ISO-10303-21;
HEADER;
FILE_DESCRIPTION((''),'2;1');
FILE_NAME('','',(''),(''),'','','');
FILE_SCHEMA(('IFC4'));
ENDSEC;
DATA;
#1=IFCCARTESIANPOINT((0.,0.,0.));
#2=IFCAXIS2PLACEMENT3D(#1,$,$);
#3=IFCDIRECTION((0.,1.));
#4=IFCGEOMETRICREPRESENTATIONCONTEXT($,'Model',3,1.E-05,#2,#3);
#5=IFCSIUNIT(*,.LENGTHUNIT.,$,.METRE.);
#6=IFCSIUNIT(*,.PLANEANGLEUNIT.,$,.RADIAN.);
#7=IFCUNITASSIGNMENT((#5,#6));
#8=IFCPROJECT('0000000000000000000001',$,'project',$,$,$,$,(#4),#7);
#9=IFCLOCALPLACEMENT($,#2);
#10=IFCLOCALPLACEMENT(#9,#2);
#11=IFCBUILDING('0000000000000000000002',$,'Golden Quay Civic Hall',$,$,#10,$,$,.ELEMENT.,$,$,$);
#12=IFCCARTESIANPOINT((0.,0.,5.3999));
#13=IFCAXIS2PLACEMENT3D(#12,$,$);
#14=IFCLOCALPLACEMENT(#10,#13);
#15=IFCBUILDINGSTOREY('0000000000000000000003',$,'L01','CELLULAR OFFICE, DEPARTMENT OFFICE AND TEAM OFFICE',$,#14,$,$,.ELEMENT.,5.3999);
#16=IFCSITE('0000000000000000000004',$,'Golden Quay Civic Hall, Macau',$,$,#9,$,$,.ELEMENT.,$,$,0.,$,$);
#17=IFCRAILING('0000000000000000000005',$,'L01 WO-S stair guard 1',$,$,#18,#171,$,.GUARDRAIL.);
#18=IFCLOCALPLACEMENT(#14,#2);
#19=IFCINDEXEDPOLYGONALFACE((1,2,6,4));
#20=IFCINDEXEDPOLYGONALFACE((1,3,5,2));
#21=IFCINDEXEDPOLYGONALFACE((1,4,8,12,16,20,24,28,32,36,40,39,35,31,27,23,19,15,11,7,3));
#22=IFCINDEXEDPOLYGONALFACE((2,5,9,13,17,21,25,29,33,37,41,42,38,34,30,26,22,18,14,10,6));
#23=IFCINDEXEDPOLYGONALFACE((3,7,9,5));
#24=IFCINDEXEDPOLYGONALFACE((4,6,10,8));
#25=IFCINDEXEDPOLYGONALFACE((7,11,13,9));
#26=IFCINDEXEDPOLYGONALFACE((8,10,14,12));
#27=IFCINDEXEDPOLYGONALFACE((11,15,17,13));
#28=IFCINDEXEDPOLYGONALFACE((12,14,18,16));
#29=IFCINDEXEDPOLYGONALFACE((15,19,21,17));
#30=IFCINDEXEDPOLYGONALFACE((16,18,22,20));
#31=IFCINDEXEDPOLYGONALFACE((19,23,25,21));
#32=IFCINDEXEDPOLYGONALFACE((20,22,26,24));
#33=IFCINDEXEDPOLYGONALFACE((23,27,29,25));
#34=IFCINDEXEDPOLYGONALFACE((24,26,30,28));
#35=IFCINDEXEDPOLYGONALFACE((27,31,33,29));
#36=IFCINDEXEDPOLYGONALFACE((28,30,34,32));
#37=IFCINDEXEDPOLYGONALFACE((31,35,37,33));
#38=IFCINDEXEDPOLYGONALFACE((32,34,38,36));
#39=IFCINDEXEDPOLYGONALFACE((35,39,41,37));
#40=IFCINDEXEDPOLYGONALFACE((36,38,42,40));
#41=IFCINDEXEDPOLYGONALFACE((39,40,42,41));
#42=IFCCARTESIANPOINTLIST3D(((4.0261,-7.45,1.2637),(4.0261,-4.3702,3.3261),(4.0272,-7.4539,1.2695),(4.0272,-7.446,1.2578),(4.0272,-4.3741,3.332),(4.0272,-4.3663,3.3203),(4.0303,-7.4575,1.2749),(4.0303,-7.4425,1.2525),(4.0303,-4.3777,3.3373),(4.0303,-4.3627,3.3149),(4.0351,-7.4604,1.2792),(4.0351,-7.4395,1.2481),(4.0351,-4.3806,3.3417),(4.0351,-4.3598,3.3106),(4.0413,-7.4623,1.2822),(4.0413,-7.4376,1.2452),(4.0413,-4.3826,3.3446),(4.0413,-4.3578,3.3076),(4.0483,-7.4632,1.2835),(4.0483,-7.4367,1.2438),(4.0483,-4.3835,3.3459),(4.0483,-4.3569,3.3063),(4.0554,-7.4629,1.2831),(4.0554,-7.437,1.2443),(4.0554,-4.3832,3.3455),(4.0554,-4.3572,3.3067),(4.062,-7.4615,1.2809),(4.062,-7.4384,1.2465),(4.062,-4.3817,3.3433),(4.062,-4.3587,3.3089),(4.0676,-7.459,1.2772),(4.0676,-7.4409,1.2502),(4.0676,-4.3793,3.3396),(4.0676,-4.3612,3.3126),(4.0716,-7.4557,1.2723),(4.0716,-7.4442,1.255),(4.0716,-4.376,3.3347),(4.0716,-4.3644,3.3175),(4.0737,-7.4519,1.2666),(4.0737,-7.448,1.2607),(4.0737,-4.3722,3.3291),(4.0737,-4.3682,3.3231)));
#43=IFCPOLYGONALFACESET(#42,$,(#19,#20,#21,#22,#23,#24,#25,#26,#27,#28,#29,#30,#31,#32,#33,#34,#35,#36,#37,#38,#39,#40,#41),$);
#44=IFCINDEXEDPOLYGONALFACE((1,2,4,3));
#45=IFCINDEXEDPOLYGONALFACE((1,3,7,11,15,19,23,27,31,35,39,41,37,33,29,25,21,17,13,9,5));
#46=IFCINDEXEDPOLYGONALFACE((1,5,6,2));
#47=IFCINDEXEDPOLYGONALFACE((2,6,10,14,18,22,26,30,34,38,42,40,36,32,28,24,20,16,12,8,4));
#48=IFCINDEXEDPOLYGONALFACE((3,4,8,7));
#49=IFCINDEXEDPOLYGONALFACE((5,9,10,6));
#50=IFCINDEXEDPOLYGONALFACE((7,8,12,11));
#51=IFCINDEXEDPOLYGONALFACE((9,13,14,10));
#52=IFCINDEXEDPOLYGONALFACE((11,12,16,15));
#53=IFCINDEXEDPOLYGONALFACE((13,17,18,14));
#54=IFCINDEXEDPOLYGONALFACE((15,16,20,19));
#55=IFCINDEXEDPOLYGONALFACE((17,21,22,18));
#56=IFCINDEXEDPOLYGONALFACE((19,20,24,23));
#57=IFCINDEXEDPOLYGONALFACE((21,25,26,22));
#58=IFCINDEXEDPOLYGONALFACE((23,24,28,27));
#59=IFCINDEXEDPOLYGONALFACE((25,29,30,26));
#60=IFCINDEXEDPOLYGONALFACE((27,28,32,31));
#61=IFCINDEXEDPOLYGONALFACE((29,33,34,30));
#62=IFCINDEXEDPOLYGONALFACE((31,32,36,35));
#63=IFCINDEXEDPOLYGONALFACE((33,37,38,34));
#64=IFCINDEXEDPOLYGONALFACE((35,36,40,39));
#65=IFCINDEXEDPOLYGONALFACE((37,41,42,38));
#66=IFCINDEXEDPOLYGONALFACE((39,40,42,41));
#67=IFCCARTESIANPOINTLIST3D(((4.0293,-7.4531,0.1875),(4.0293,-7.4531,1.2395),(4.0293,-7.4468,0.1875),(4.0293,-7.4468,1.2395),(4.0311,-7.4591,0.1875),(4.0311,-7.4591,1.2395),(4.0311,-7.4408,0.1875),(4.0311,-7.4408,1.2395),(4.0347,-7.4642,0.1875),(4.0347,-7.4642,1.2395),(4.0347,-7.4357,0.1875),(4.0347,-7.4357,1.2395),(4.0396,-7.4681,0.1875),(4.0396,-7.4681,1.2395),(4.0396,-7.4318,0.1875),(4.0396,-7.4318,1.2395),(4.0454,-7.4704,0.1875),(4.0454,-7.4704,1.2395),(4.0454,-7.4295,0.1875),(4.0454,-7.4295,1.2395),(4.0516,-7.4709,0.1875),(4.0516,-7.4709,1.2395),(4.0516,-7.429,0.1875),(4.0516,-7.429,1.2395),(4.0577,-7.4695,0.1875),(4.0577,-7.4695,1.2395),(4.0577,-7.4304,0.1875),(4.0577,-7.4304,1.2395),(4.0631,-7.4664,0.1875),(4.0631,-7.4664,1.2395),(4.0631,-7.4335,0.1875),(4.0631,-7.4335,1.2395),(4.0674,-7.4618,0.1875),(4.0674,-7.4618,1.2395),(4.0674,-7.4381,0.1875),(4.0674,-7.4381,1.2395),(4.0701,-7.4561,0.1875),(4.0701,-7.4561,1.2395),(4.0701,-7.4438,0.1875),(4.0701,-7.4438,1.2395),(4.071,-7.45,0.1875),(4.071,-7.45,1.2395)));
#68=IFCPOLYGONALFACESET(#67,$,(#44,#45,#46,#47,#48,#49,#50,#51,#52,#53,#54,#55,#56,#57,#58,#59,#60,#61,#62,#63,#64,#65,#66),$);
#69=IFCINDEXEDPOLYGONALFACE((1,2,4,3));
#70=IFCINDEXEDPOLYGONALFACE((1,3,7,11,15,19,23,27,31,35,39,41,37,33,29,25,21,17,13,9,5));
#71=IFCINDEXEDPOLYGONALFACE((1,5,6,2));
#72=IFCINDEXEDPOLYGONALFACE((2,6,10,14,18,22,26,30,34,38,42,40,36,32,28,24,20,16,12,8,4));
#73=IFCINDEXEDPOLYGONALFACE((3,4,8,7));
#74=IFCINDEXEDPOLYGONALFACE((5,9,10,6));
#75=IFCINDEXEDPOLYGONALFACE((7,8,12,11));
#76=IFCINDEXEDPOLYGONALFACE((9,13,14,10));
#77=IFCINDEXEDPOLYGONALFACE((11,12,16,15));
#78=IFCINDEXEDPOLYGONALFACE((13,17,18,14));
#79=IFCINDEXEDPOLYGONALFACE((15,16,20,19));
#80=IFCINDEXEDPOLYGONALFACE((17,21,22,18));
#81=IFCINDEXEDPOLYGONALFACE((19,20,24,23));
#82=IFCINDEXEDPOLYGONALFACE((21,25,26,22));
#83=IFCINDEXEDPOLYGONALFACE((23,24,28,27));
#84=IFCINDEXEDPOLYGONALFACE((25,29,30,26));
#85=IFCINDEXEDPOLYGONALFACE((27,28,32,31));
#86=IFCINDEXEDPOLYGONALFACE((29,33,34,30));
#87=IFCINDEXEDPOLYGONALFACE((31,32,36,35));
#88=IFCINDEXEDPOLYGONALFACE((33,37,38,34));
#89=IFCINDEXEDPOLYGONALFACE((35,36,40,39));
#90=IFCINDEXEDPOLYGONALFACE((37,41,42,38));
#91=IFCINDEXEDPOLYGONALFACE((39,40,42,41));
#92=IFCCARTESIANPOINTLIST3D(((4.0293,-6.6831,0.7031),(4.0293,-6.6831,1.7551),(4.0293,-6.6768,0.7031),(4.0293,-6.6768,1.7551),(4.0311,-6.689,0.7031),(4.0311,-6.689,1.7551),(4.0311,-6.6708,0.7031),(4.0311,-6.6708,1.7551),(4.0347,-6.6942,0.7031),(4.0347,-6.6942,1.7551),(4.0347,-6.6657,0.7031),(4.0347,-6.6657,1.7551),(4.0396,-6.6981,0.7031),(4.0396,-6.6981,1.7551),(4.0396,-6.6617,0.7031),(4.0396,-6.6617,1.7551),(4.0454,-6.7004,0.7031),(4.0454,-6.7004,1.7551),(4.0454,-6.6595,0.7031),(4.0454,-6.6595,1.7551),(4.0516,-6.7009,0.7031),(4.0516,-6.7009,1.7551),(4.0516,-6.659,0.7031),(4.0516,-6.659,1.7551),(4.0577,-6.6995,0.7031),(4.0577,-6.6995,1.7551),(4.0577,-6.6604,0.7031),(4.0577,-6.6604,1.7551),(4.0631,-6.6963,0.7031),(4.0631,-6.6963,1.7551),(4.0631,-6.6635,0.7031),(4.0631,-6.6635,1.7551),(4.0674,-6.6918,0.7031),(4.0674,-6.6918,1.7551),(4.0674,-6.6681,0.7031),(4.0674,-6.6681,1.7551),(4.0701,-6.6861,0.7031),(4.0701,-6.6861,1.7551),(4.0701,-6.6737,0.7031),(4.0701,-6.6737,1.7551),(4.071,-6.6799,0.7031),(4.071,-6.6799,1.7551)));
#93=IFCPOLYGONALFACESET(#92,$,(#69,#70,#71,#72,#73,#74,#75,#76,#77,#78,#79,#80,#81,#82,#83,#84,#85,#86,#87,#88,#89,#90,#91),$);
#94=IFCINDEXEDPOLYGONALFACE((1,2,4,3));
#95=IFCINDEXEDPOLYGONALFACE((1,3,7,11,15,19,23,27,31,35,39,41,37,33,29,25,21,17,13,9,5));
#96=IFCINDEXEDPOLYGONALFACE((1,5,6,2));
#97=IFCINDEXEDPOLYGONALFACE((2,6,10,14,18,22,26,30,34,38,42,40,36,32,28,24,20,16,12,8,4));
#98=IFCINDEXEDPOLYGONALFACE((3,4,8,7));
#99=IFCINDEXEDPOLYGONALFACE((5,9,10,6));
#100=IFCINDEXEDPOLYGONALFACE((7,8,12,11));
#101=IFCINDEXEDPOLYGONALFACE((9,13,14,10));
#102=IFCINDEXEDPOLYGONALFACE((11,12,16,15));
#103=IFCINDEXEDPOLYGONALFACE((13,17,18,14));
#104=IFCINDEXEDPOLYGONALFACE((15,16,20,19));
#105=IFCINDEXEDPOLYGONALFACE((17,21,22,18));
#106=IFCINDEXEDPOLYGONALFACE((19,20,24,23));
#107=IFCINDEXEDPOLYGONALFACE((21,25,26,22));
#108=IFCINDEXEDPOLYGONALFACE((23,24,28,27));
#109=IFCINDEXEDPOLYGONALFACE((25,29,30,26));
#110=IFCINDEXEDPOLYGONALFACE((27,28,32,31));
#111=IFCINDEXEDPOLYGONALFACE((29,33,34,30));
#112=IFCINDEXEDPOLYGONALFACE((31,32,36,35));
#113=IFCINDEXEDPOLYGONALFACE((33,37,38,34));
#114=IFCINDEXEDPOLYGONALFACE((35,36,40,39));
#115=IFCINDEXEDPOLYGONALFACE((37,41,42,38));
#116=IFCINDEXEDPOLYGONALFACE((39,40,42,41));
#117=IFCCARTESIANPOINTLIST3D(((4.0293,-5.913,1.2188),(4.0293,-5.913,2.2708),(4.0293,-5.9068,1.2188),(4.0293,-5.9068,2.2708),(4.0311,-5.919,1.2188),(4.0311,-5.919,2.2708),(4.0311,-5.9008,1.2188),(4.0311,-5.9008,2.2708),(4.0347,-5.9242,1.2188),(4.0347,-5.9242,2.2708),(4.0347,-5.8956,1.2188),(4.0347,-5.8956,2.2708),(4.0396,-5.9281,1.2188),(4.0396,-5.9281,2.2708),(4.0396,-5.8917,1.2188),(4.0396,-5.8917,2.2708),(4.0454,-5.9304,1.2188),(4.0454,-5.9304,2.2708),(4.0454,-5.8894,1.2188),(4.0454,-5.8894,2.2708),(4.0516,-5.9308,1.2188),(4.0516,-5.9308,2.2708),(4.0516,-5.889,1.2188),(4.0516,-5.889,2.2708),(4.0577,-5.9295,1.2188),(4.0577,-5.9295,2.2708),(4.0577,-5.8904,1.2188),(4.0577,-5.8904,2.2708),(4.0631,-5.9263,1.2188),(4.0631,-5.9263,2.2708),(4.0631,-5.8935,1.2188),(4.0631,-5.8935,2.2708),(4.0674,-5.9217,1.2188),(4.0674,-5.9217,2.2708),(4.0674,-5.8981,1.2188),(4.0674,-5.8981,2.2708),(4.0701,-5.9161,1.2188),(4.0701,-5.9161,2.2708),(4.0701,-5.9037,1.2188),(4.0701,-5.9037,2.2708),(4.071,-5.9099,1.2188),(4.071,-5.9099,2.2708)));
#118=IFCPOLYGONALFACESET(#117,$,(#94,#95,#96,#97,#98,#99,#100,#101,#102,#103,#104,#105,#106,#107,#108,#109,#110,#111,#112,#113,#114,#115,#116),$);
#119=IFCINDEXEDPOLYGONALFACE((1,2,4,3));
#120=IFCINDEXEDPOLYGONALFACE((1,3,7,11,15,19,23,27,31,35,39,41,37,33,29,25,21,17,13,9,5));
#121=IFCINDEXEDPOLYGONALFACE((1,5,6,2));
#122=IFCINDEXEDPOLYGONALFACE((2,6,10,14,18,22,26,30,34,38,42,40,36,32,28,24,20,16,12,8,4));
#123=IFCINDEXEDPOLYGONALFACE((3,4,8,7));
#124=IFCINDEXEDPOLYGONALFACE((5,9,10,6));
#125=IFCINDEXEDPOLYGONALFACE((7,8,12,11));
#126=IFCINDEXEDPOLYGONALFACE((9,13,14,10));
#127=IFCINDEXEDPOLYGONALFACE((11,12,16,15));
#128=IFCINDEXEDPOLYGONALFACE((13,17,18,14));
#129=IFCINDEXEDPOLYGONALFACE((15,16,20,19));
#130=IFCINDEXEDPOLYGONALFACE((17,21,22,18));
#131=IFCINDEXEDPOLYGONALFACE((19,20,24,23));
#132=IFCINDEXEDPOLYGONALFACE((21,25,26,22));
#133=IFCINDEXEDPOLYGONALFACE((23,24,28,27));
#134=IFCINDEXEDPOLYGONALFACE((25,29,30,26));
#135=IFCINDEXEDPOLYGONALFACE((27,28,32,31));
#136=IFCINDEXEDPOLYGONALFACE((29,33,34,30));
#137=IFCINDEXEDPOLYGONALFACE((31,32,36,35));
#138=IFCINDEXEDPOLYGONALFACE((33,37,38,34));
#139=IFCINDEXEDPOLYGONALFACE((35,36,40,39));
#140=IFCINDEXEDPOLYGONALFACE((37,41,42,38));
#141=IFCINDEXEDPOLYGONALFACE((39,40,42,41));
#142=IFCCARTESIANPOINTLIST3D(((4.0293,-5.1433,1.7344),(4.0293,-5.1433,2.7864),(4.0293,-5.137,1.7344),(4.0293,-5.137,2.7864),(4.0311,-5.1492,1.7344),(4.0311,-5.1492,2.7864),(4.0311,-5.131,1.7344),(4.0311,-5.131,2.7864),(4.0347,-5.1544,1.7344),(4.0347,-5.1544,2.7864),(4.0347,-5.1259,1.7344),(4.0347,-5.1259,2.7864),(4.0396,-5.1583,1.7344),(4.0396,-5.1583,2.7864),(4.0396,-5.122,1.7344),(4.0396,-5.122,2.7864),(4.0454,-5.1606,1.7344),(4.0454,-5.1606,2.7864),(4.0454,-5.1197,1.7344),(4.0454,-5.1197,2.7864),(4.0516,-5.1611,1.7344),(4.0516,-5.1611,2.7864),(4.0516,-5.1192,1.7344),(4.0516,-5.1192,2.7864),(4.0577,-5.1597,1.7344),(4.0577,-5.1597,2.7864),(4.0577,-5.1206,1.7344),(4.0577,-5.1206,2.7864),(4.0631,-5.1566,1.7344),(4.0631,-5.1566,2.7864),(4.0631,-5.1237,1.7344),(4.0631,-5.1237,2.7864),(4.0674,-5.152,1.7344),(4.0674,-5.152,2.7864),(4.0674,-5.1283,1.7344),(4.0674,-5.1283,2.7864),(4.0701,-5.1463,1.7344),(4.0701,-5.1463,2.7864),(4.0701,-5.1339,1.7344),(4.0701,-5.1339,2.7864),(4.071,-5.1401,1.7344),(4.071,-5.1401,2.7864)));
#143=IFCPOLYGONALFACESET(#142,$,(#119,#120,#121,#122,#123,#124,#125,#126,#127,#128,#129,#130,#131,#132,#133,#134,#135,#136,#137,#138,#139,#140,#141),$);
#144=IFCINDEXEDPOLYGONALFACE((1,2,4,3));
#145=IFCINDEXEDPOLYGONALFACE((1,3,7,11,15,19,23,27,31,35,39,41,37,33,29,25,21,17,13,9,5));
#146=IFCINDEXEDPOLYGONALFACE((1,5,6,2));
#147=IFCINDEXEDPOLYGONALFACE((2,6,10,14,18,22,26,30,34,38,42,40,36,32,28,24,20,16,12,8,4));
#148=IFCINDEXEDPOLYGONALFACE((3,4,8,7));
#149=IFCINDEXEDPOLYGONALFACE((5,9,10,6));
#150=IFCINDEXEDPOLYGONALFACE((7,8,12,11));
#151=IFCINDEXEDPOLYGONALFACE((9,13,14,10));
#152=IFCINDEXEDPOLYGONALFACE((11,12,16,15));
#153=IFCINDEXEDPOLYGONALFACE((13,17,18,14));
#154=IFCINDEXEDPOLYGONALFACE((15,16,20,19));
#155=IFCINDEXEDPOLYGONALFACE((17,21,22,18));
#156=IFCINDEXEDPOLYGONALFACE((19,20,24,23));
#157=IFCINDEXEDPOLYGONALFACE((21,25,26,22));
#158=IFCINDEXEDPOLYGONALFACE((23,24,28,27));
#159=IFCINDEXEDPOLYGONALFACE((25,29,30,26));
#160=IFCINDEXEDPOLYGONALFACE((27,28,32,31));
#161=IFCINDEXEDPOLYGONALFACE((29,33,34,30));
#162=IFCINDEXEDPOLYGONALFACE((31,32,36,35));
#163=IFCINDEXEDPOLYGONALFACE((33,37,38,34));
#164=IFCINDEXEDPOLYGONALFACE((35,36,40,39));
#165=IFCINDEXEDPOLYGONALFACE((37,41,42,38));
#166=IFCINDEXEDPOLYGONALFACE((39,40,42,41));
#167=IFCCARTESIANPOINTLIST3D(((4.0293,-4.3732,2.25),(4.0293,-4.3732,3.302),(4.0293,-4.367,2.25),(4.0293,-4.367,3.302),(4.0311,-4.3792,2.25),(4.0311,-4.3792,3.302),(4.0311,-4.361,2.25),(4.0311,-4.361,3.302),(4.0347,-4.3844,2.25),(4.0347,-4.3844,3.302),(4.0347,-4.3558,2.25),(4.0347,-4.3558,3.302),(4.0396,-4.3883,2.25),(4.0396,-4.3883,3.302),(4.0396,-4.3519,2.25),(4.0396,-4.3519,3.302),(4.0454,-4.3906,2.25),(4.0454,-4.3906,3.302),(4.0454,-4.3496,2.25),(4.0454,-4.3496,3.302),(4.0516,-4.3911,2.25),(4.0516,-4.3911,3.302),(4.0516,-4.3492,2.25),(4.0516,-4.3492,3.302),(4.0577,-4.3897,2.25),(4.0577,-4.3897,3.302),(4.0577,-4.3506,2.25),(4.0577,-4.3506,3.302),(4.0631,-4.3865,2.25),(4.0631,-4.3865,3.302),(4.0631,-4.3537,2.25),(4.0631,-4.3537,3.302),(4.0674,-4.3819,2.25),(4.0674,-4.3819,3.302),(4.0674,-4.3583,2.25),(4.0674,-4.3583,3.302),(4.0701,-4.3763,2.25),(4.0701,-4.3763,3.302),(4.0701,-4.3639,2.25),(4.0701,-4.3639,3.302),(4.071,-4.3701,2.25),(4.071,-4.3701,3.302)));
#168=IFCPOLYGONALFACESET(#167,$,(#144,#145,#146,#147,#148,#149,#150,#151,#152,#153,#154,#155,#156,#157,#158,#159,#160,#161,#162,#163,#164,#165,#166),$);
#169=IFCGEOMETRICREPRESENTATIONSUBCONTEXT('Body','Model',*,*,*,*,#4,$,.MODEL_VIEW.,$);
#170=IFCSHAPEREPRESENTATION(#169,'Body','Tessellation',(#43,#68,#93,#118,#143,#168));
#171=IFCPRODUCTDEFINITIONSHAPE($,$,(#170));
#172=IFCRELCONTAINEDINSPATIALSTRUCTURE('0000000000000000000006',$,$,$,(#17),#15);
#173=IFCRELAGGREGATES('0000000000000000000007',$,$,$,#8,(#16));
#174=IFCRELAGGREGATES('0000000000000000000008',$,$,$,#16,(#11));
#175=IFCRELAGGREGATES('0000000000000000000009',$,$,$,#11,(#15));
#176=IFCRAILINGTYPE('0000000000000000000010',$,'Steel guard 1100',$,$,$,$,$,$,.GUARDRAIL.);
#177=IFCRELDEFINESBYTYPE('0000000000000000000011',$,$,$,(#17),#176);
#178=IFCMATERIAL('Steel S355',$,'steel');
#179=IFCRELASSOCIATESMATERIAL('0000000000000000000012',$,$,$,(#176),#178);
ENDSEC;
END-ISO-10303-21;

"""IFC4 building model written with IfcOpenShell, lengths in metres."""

from ifc_helpers import new_model, si_unit, direction, frame, origin, origin_2d, place, context, subcontext, project, spatial, circle, extrude, material, type_object, element, save


model = new_model("IFC4")

# Units and contexts
model_context = context("Model", 3, precision=1e-05, world=origin(), true_north=direction((0.0, 1.0)))
body_context = subcontext(model_context, "Body", "Model", "MODEL_VIEW")
ifc_project = project(units=[si_unit("LENGTHUNIT", "METRE"), si_unit("PLANEANGLEUNIT", "RADIAN")], contexts=[model_context])

# Site, building, storey
site_placement = place(None, origin())
site = spatial("IfcSite", under=ifc_project, at=site_placement, Name="Golden Quay Civic Hall, Macau", CompositionType="ELEMENT", RefElevation=0.0)
building_placement = place(site_placement, origin())
building = spatial("IfcBuilding", under=site, at=building_placement, Name="Golden Quay Civic Hall", CompositionType="ELEMENT")
storey_placement = place(building_placement, frame((0.0, 0.0, 5.3999)))
storey = spatial("IfcBuildingStorey", under=building, at=storey_placement, Name="L01", Description="CELLULAR OFFICE, DEPARTMENT OFFICE AND TEAM OFFICE", CompositionType="ELEMENT", Elevation=5.3999)

# Railing
ifc_material_1 = material(Name="Steel S355", Category="steel")
railing_type_1 = type_object("IfcRailingType", Name="Steel guard 1100", PredefinedType="GUARDRAIL", material=ifc_material_1)
railing_1_placement = place(storey_placement, frame((4.05, -7.45, 0.1875)))
element("IfcRailing", 1, at=railing_1_placement, inside=storey, type_object=railing_type_1, Name="L01 WO-S stair guard 1", PredefinedType="GUARDRAIL", context=body_context, shape_type="SweptSolid", body=[
    extrude(circle(Radius=0.0239, at=origin_2d()), frame((0.0, 0.0, 1.0762), z_axis=(0.0, 0.830893, 0.556432), x_axis=(-1.0, 0.0, 0.0)), (0.0, 0.0, 1.0), 3.7065),
    extrude(circle(Radius=0.021, at=origin_2d()), origin(), (0.0, 0.0, 1.0), 1.052),
    extrude(circle(Radius=0.021, at=origin_2d()), frame((0.0, 0.77, 0.5156)), (0.0, 0.0, 1.0), 1.052),
    extrude(circle(Radius=0.021, at=origin_2d()), frame((0.0, 1.54, 1.0312)), (0.0, 0.0, 1.0), 1.052),
    extrude(circle(Radius=0.021, at=origin_2d()), frame((0.0, 2.3098, 1.5469)), (0.0, 0.0, 1.0), 1.052),
    extrude(circle(Radius=0.021, at=origin_2d()), frame((0.0, 3.0798, 2.0625)), (0.0, 0.0, 1.0), 1.052),
])

save(model, "model.ifc")
